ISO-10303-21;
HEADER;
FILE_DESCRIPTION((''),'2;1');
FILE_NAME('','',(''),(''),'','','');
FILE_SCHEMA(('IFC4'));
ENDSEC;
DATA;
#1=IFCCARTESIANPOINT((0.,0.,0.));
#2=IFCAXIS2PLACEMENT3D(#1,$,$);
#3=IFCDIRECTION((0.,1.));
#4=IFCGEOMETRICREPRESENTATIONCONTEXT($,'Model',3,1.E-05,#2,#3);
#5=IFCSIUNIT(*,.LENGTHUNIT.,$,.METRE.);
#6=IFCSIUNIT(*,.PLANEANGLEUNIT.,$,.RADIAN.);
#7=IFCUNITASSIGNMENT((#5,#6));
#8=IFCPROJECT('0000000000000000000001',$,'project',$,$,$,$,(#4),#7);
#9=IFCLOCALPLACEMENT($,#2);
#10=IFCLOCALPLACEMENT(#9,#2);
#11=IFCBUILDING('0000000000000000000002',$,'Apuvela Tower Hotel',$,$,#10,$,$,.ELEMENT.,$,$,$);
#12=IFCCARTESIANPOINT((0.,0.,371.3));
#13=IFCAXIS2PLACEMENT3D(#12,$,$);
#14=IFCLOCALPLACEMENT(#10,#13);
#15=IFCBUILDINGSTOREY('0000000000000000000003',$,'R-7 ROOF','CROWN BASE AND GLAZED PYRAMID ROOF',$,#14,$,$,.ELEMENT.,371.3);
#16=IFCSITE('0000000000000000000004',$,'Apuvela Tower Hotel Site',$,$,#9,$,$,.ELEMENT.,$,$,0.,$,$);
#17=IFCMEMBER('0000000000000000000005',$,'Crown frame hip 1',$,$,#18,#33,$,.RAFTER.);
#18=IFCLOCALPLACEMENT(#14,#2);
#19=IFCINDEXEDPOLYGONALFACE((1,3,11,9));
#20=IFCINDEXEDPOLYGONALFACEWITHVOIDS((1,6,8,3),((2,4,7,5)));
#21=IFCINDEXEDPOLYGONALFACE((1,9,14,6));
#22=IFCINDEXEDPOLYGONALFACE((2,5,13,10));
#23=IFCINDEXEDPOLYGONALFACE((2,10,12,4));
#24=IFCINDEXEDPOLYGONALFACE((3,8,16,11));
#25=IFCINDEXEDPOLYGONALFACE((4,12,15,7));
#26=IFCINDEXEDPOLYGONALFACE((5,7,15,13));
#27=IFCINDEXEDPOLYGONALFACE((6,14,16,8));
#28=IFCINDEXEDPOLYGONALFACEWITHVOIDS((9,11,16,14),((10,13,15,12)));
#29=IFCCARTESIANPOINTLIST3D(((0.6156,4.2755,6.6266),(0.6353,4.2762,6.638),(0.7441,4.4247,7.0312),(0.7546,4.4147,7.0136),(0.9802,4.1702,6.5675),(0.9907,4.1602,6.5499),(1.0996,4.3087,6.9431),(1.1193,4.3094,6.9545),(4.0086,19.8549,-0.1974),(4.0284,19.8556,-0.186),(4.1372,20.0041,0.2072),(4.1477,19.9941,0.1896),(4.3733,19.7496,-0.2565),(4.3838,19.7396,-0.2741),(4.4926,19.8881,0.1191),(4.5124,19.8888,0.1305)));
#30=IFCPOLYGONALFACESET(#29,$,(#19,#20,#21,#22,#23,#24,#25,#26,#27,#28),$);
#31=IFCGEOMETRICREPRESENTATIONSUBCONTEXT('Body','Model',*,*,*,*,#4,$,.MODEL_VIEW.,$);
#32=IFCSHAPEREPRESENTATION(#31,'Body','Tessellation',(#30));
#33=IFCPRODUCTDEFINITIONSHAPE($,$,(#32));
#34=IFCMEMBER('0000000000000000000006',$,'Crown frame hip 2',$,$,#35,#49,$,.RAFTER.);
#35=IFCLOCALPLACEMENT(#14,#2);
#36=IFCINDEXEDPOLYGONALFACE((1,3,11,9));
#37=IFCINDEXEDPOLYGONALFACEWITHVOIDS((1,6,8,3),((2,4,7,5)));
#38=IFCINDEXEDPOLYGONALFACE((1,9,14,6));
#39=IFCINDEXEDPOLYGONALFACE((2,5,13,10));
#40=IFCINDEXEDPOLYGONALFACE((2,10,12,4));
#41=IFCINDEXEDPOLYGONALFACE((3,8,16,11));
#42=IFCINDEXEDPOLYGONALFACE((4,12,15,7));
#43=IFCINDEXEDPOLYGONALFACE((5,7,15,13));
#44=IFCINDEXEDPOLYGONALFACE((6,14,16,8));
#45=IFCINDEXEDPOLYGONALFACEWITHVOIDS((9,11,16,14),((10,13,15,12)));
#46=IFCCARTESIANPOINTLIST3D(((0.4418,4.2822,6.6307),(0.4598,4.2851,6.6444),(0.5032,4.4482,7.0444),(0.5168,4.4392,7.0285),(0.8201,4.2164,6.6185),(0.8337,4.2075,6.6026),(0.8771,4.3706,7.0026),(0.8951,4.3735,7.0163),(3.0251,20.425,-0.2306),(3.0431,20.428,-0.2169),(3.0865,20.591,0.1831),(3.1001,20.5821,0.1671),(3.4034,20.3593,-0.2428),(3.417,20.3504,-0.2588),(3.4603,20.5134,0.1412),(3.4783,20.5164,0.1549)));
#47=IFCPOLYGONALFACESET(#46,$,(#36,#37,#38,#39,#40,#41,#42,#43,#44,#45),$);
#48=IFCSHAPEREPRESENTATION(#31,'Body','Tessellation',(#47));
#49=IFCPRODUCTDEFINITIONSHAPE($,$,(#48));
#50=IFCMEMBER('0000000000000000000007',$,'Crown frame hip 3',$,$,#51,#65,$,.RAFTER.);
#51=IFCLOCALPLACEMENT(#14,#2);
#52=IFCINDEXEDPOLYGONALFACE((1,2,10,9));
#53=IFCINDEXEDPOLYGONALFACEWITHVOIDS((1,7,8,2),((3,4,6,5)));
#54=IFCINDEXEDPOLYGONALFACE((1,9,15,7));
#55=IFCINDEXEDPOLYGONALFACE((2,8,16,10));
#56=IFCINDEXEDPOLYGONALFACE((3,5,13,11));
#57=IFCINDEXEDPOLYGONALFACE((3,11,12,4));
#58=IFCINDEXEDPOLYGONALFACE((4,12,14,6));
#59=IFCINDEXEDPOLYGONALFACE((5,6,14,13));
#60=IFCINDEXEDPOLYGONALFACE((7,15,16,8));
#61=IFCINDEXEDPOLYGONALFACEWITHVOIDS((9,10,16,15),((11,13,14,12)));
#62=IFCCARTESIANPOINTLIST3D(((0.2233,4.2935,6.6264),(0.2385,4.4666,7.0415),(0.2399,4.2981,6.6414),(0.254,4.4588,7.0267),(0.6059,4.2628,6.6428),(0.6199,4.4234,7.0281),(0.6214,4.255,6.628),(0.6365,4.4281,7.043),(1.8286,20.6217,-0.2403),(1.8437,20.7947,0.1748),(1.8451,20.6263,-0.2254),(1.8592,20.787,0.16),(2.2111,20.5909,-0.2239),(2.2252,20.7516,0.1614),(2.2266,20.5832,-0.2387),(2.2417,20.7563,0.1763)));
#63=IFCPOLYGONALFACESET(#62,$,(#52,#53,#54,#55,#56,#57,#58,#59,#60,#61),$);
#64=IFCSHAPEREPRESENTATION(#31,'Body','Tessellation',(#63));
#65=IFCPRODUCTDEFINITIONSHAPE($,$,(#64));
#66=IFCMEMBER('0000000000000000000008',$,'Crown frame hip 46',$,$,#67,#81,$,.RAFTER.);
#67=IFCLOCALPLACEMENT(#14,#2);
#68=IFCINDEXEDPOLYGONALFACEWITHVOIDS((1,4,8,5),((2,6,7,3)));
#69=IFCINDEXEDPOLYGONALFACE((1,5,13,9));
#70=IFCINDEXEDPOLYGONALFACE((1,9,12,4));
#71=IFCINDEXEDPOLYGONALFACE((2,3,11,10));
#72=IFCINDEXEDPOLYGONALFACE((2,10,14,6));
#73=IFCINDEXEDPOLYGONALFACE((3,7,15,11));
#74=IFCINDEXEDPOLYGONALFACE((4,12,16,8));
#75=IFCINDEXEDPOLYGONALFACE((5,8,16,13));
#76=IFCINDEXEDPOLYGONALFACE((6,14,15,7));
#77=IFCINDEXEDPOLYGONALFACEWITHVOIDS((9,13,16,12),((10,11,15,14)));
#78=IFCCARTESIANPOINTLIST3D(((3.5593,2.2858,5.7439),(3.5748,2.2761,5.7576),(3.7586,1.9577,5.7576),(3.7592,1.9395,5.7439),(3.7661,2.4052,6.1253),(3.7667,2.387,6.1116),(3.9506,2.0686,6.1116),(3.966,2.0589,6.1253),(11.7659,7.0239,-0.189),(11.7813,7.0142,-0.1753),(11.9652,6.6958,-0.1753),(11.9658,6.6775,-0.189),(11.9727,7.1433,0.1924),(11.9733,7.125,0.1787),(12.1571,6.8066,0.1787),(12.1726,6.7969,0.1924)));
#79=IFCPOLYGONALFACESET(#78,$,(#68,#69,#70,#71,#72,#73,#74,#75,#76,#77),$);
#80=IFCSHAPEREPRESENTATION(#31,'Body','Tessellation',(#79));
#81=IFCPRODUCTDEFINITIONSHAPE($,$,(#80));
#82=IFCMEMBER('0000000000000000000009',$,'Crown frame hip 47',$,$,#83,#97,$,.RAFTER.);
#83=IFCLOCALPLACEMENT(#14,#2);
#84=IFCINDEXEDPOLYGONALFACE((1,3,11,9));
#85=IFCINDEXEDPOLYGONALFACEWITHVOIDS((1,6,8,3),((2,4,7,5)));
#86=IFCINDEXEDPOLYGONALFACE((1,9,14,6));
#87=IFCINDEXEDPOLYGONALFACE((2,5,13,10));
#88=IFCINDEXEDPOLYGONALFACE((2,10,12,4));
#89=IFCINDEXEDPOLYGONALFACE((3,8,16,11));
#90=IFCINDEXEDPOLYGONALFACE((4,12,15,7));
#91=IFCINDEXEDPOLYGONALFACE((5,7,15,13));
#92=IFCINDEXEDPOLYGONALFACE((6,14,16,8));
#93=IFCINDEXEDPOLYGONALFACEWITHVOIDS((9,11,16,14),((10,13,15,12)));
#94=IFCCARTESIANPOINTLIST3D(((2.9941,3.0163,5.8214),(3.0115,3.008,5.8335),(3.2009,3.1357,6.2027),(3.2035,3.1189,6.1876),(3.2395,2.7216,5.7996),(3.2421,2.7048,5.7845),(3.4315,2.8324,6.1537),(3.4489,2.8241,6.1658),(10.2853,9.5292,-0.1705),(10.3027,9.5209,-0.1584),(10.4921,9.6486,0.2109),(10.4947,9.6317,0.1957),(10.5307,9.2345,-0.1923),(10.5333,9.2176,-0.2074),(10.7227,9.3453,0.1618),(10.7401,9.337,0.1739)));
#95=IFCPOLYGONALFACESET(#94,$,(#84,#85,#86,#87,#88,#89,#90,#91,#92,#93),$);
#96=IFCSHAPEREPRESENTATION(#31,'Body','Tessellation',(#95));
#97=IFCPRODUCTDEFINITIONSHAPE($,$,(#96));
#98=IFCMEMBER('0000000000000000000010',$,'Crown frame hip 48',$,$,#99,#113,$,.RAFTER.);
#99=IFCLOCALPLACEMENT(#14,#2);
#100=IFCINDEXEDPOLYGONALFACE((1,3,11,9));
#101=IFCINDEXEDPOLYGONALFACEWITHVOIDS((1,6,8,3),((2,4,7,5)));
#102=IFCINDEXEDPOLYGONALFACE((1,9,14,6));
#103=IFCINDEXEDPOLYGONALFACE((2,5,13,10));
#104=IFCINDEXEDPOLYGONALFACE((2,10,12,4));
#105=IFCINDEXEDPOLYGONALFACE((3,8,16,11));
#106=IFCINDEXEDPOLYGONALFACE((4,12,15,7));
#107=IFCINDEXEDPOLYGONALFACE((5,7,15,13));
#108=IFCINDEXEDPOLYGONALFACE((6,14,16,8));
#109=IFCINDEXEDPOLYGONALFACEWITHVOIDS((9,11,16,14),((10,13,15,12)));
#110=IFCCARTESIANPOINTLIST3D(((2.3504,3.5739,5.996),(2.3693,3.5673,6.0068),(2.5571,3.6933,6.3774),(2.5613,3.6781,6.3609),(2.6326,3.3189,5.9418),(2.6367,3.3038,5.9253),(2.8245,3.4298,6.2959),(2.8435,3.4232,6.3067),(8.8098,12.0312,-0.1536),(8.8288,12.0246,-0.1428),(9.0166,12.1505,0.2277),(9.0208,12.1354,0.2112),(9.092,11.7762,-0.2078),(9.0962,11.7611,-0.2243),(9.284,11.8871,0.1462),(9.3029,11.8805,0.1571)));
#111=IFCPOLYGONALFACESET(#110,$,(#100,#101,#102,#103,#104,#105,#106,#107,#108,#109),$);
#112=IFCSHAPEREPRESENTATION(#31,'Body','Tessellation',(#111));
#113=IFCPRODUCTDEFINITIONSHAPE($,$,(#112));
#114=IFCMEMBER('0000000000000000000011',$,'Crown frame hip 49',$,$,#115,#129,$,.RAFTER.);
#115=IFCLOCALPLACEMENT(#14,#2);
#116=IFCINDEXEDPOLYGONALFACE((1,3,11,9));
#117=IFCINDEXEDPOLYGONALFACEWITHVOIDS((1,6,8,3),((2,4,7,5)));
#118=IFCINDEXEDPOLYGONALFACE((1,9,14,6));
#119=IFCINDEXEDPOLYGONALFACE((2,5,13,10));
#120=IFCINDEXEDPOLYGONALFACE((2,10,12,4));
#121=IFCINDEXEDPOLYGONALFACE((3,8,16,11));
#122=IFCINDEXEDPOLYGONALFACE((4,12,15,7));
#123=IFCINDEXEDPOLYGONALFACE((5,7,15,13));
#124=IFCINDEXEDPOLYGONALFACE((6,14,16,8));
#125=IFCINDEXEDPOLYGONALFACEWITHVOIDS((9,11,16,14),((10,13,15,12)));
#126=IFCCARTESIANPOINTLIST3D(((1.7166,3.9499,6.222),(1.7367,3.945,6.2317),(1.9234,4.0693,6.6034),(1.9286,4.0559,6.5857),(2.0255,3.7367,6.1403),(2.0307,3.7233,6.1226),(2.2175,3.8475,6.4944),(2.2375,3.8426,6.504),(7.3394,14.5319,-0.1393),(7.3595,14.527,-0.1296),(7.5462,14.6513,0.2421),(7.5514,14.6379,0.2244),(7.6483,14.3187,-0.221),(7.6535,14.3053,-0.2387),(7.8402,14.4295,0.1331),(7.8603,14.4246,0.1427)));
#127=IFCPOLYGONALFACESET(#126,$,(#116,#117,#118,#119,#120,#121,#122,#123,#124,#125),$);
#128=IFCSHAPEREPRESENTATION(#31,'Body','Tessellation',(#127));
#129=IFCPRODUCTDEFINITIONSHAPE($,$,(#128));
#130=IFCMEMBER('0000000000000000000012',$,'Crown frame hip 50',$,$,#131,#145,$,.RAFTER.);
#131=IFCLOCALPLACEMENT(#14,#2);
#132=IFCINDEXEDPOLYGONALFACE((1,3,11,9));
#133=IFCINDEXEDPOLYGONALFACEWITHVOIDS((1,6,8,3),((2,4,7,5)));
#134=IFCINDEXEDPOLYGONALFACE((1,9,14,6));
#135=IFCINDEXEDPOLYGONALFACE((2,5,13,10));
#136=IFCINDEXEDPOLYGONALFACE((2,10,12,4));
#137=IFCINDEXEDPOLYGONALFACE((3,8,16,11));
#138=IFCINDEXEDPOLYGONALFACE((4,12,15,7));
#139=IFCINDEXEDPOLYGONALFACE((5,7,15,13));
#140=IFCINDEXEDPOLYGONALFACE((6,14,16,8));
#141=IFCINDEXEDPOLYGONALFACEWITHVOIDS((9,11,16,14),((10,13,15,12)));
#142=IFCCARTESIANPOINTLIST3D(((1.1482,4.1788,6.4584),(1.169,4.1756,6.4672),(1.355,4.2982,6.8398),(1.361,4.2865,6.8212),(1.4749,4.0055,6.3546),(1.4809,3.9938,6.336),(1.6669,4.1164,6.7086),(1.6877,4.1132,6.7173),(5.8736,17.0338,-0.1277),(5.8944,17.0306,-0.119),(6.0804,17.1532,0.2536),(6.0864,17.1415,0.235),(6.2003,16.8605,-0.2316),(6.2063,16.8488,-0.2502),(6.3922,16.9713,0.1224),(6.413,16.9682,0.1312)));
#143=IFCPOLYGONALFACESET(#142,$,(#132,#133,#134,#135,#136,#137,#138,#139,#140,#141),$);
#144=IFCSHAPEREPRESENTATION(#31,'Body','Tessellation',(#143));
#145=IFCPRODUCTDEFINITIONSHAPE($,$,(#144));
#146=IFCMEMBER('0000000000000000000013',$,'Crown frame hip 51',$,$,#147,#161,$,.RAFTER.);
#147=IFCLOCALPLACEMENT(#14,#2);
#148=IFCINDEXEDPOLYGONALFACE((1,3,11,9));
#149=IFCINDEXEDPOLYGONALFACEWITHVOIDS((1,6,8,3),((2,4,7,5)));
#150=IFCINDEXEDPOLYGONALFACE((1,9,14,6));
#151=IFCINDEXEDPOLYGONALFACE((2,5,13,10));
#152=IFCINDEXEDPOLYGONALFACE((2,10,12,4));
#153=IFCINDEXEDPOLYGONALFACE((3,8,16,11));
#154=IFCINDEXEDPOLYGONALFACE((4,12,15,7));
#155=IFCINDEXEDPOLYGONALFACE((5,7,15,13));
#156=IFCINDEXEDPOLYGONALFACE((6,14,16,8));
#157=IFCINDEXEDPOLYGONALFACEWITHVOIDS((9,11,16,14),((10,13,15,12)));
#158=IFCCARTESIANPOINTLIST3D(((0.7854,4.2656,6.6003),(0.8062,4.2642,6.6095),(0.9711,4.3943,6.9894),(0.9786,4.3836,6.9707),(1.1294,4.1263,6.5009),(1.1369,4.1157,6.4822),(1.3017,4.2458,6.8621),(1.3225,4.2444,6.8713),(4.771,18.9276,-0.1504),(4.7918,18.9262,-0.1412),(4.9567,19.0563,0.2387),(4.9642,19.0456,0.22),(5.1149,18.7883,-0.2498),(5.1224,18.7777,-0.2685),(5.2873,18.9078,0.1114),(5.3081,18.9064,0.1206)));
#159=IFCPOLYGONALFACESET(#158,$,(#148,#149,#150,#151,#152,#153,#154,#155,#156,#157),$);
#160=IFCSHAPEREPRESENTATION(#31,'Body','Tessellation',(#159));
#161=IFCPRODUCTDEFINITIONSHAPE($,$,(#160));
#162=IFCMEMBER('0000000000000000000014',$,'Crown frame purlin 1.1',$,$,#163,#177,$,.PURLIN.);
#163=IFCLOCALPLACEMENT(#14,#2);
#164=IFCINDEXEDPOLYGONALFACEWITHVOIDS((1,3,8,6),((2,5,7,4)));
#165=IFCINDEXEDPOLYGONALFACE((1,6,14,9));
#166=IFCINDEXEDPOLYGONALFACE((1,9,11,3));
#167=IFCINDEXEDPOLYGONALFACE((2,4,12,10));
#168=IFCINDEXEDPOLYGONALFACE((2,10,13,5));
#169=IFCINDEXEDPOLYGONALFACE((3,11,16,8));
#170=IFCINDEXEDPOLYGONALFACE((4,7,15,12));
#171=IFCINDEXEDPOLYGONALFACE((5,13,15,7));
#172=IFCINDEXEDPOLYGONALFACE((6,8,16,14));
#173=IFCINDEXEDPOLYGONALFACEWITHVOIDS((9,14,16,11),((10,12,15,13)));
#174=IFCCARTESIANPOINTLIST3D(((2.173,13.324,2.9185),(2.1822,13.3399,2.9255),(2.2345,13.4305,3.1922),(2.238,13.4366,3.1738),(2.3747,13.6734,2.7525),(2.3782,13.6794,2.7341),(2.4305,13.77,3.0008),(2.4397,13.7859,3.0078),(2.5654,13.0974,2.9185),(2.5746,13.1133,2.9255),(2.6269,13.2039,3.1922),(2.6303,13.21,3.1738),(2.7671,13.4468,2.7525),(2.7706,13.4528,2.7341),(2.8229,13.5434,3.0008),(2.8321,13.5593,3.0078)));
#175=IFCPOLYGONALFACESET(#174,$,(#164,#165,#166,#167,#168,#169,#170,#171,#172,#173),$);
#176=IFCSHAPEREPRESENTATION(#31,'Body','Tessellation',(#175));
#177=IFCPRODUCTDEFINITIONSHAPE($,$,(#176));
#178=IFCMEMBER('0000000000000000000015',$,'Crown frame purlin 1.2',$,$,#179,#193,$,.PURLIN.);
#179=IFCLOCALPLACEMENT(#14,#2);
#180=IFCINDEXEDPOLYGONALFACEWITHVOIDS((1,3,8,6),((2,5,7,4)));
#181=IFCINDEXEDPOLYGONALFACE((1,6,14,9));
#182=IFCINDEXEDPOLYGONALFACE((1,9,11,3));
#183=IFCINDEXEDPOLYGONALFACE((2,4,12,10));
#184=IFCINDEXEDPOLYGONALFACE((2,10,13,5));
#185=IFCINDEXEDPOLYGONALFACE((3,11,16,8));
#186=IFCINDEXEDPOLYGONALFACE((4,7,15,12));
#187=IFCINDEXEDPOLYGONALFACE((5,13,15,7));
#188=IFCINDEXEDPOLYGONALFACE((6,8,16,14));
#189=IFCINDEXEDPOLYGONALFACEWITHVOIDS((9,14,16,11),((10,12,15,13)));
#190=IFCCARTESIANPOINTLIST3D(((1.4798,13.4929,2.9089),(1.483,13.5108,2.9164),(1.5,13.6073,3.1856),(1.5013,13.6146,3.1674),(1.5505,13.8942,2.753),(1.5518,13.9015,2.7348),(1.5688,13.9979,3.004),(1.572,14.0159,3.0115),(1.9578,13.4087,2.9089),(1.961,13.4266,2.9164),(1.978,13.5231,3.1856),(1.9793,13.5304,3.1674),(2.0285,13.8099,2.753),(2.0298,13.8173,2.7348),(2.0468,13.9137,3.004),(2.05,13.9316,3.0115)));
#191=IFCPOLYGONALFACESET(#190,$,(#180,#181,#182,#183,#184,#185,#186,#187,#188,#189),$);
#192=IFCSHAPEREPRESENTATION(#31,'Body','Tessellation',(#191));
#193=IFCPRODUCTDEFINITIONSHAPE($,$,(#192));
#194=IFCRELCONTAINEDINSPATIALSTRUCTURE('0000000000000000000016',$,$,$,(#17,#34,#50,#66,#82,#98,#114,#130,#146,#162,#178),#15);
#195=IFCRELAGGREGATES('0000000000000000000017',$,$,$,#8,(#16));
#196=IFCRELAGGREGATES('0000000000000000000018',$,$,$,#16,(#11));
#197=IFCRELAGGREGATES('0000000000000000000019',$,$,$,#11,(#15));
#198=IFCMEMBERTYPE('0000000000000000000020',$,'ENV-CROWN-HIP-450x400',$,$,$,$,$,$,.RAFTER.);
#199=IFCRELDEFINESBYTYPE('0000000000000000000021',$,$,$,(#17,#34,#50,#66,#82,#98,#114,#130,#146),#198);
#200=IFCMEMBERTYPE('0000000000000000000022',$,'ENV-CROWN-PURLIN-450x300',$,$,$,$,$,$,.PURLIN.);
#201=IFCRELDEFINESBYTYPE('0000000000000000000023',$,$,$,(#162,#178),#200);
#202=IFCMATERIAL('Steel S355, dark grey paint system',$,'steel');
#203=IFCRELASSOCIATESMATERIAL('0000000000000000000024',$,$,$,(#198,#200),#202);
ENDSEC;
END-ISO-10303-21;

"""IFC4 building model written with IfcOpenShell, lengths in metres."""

from ifc_helpers import new_model, si_unit, direction, frame, origin, origin_2d, place, context, subcontext, project, spatial, hollow_rectangle, extrude, material, material_profile, profile_set, type_object, element, save


model = new_model("IFC4")

# Units and contexts
model_context = context("Model", 3, precision=1e-05, world=origin(), true_north=direction((0.0, 1.0)))
body_context = subcontext(model_context, "Body", "Model", "MODEL_VIEW")
ifc_project = project(units=[si_unit("LENGTHUNIT", "METRE"), si_unit("PLANEANGLEUNIT", "RADIAN")], contexts=[model_context])

# Site, building, storey
site_placement = place(None, origin())
site = spatial("IfcSite", under=ifc_project, at=site_placement, Name="Apuvela Tower Hotel Site", CompositionType="ELEMENT", RefElevation=0.0)
building_placement = place(site_placement, origin())
building = spatial("IfcBuilding", under=site, at=building_placement, Name="Apuvela Tower Hotel", CompositionType="ELEMENT")
storey_placement = place(building_placement, frame((0.0, 0.0, 371.3)))
storey = spatial("IfcBuildingStorey", under=building, at=storey_placement, Name="R-7 ROOF", Description="CROWN BASE AND GLAZED PYRAMID ROOF", CompositionType="ELEMENT", Elevation=371.3)

# Members
ifc_material_1 = material(Name="Steel S355, dark grey paint system", Category="steel")
ifc_material_profile_1 = material_profile(ifc_material_1, hollow_rectangle(XDim=0.3999, YDim=0.45, WallThickness=0.0161, at=origin_2d()), Name="HSS 450x400x16")
ifc_profile_set_1 = profile_set([ifc_material_profile_1], Name="Steel S355, dark grey paint system")
member_type_1 = type_object("IfcMemberType", Name="ENV-CROWN-HIP-450x400", PredefinedType="RAFTER", material=ifc_profile_set_1)
member_1_placement = place(storey_placement, frame((4.2605, 19.8718, -0.0334), z_axis=(-0.19564, -0.898284, 0.393461), x_axis=(0.938122, -0.288332, -0.191812)))
element("IfcMember", 1, at=member_1_placement, inside=storey, type_object=member_type_1, Name="Crown frame hip 1", PredefinedType="RAFTER", context=body_context, shape_type="SweptSolid", body=[
    extrude(hollow_rectangle(XDim=0.3999, YDim=0.45, WallThickness=0.0161, at=origin_2d()), origin(), (0.0, 0.0, 1.0), 17.3435),
])
member_2_placement = place(storey_placement, frame((3.2517, 20.4707, -0.0378), z_axis=(-0.145702, -0.910497, 0.386997), x_axis=(0.979881, -0.186741, -0.07043)))
element("IfcMember", 2, at=member_2_placement, inside=storey, type_object=member_type_1, Name="Crown frame hip 2", PredefinedType="RAFTER", context=body_context, shape_type="SweptSolid", body=[
    extrude(hollow_rectangle(XDim=0.3999, YDim=0.45, WallThickness=0.0161, at=origin_2d()), origin(), (0.0, 0.0, 1.0), 17.7297),
])
member_3_placement = place(storey_placement, frame((2.0352, 20.689, -0.032), z_axis=(-0.090253, -0.918041, 0.386077), x_axis=(0.995351, -0.096237, 0.003843)))
element("IfcMember", 3, at=member_3_placement, inside=storey, type_object=member_type_1, Name="Crown frame hip 3", PredefinedType="RAFTER", context=body_context, shape_type="SweptSolid", body=[
    extrude(hollow_rectangle(XDim=0.3999, YDim=0.45, WallThickness=0.0161, at=origin_2d()), origin(), (0.0, 0.0, 1.0), 17.7859),
])
member_4_placement = place(storey_placement, frame((11.9692, 6.9104, 0.0017), z_axis=(-0.73403, -0.423791, 0.530661), x_axis=(0.499999, -0.866026, 0.0)))
element("IfcMember", 4, at=member_4_placement, inside=storey, type_object=member_type_1, Name="Crown frame hip 46", PredefinedType="RAFTER", context=body_context, shape_type="SweptSolid", body=[
    extrude(hollow_rectangle(XDim=0.3999, YDim=0.45, WallThickness=0.0161, at=origin_2d()), origin(), (0.0, 0.0, 1.0), 11.1802),
])
member_5_placement = place(storey_placement, frame((10.5127, 9.4331, 0.0017), z_axis=(-0.635866, -0.567989, 0.522554), x_axis=(0.620069, -0.779097, -0.092312)))
element("IfcMember", 5, at=member_5_placement, inside=storey, type_object=member_type_1, Name="Crown frame hip 47", PredefinedType="RAFTER", context=body_context, shape_type="SweptSolid", body=[
    extrude(hollow_rectangle(XDim=0.3999, YDim=0.45, WallThickness=0.0161, at=origin_2d()), origin(), (0.0, 0.0, 1.0), 11.4666),
])
member_6_placement = place(storey_placement, frame((9.0564, 11.9558, 0.0017), z_axis=(-0.525545, -0.688087, 0.500338), x_axis=(0.715969, -0.675381, -0.176773)))
element("IfcMember", 6, at=member_6_placement, inside=storey, type_object=member_type_1, Name="Crown frame hip 48", PredefinedType="RAFTER", context=body_context, shape_type="SweptSolid", body=[
    extrude(hollow_rectangle(XDim=0.3999, YDim=0.45, WallThickness=0.0161, at=origin_2d()), origin(), (0.0, 0.0, 1.0), 12.291),
])
member_7_placement = place(storey_placement, frame((7.5999, 14.4783, 0.0017), z_axis=(-0.414449, -0.779987, 0.468885), x_axis=(0.785517, -0.566762, -0.248483)))
element("IfcMember", 7, at=member_7_placement, inside=storey, type_object=member_type_1, Name="Crown frame hip 49", PredefinedType="RAFTER", context=body_context, shape_type="SweptSolid", body=[
    extrude(hollow_rectangle(XDim=0.3999, YDim=0.45, WallThickness=0.0161, at=origin_2d()), origin(), (0.0, 0.0, 1.0), 13.5669),
])
member_8_placement = place(storey_placement, frame((6.1433, 17.001, 0.0017), z_axis=(-0.310933, -0.845874, 0.433379), x_axis=(0.831943, -0.462706, -0.306226)))
element("IfcMember", 8, at=member_8_placement, inside=storey, type_object=member_type_1, Name="Crown frame hip 50", PredefinedType="RAFTER", context=body_context, shape_type="SweptSolid", body=[
    extrude(hollow_rectangle(XDim=0.3999, YDim=0.45, WallThickness=0.0161, at=origin_2d()), origin(), (0.0, 0.0, 1.0), 15.1973),
])
member_9_placement = place(storey_placement, frame((5.0396, 18.917, -0.0149), z_axis=(-0.239716, -0.881861, 0.406027), x_axis=(0.878786, -0.374855, -0.295329)))
element("IfcMember", 9, at=member_9_placement, inside=storey, type_object=member_type_1, Name="Crown frame hip 51", PredefinedType="RAFTER", context=body_context, shape_type="SweptSolid", body=[
    extrude(hollow_rectangle(XDim=0.3999, YDim=0.45, WallThickness=0.0161, at=origin_2d()), origin(), (0.0, 0.0, 1.0), 16.6262),
])
ifc_material_profile_2 = material_profile(ifc_material_1, hollow_rectangle(XDim=0.45, YDim=0.3, WallThickness=0.0139, at=origin_2d()), Name="HSS 450x300x14")
ifc_profile_set_2 = profile_set([ifc_material_profile_2], Name="Steel S355, dark grey paint system")
member_type_2 = type_object("IfcMemberType", Name="ENV-CROWN-PURLIN-450x300", PredefinedType="PURLIN", material=ifc_profile_set_2)
member_10_placement = place(storey_placement, frame((2.6987, 13.3284, 2.9631), z_axis=(-0.865979, 0.50008, 0.0), x_axis=(-0.456156, -0.789916, 0.409823)))
element("IfcMember", 10, at=member_10_placement, inside=storey, type_object=member_type_2, Name="Crown frame purlin 1.1", PredefinedType="PURLIN", context=body_context, shape_type="SweptSolid", body=[
    extrude(hollow_rectangle(XDim=0.45, YDim=0.3, WallThickness=0.0139, at=origin_2d()), origin(), (0.0, 0.0, 1.0), 0.4531),
])
member_11_placement = place(storey_placement, frame((2.0039, 13.6702, 2.9602), z_axis=(-0.984829, 0.173527, 0.0), x_axis=(-0.160003, -0.908074, 0.387041)))
element("IfcMember", 11, at=member_11_placement, inside=storey, type_object=member_type_2, Name="Crown frame purlin 1.2", PredefinedType="PURLIN", context=body_context, shape_type="SweptSolid", body=[
    extrude(hollow_rectangle(XDim=0.45, YDim=0.3, WallThickness=0.0139, at=origin_2d()), origin(), (0.0, 0.0, 1.0), 0.4854),
])

save(model, "model.ifc")
